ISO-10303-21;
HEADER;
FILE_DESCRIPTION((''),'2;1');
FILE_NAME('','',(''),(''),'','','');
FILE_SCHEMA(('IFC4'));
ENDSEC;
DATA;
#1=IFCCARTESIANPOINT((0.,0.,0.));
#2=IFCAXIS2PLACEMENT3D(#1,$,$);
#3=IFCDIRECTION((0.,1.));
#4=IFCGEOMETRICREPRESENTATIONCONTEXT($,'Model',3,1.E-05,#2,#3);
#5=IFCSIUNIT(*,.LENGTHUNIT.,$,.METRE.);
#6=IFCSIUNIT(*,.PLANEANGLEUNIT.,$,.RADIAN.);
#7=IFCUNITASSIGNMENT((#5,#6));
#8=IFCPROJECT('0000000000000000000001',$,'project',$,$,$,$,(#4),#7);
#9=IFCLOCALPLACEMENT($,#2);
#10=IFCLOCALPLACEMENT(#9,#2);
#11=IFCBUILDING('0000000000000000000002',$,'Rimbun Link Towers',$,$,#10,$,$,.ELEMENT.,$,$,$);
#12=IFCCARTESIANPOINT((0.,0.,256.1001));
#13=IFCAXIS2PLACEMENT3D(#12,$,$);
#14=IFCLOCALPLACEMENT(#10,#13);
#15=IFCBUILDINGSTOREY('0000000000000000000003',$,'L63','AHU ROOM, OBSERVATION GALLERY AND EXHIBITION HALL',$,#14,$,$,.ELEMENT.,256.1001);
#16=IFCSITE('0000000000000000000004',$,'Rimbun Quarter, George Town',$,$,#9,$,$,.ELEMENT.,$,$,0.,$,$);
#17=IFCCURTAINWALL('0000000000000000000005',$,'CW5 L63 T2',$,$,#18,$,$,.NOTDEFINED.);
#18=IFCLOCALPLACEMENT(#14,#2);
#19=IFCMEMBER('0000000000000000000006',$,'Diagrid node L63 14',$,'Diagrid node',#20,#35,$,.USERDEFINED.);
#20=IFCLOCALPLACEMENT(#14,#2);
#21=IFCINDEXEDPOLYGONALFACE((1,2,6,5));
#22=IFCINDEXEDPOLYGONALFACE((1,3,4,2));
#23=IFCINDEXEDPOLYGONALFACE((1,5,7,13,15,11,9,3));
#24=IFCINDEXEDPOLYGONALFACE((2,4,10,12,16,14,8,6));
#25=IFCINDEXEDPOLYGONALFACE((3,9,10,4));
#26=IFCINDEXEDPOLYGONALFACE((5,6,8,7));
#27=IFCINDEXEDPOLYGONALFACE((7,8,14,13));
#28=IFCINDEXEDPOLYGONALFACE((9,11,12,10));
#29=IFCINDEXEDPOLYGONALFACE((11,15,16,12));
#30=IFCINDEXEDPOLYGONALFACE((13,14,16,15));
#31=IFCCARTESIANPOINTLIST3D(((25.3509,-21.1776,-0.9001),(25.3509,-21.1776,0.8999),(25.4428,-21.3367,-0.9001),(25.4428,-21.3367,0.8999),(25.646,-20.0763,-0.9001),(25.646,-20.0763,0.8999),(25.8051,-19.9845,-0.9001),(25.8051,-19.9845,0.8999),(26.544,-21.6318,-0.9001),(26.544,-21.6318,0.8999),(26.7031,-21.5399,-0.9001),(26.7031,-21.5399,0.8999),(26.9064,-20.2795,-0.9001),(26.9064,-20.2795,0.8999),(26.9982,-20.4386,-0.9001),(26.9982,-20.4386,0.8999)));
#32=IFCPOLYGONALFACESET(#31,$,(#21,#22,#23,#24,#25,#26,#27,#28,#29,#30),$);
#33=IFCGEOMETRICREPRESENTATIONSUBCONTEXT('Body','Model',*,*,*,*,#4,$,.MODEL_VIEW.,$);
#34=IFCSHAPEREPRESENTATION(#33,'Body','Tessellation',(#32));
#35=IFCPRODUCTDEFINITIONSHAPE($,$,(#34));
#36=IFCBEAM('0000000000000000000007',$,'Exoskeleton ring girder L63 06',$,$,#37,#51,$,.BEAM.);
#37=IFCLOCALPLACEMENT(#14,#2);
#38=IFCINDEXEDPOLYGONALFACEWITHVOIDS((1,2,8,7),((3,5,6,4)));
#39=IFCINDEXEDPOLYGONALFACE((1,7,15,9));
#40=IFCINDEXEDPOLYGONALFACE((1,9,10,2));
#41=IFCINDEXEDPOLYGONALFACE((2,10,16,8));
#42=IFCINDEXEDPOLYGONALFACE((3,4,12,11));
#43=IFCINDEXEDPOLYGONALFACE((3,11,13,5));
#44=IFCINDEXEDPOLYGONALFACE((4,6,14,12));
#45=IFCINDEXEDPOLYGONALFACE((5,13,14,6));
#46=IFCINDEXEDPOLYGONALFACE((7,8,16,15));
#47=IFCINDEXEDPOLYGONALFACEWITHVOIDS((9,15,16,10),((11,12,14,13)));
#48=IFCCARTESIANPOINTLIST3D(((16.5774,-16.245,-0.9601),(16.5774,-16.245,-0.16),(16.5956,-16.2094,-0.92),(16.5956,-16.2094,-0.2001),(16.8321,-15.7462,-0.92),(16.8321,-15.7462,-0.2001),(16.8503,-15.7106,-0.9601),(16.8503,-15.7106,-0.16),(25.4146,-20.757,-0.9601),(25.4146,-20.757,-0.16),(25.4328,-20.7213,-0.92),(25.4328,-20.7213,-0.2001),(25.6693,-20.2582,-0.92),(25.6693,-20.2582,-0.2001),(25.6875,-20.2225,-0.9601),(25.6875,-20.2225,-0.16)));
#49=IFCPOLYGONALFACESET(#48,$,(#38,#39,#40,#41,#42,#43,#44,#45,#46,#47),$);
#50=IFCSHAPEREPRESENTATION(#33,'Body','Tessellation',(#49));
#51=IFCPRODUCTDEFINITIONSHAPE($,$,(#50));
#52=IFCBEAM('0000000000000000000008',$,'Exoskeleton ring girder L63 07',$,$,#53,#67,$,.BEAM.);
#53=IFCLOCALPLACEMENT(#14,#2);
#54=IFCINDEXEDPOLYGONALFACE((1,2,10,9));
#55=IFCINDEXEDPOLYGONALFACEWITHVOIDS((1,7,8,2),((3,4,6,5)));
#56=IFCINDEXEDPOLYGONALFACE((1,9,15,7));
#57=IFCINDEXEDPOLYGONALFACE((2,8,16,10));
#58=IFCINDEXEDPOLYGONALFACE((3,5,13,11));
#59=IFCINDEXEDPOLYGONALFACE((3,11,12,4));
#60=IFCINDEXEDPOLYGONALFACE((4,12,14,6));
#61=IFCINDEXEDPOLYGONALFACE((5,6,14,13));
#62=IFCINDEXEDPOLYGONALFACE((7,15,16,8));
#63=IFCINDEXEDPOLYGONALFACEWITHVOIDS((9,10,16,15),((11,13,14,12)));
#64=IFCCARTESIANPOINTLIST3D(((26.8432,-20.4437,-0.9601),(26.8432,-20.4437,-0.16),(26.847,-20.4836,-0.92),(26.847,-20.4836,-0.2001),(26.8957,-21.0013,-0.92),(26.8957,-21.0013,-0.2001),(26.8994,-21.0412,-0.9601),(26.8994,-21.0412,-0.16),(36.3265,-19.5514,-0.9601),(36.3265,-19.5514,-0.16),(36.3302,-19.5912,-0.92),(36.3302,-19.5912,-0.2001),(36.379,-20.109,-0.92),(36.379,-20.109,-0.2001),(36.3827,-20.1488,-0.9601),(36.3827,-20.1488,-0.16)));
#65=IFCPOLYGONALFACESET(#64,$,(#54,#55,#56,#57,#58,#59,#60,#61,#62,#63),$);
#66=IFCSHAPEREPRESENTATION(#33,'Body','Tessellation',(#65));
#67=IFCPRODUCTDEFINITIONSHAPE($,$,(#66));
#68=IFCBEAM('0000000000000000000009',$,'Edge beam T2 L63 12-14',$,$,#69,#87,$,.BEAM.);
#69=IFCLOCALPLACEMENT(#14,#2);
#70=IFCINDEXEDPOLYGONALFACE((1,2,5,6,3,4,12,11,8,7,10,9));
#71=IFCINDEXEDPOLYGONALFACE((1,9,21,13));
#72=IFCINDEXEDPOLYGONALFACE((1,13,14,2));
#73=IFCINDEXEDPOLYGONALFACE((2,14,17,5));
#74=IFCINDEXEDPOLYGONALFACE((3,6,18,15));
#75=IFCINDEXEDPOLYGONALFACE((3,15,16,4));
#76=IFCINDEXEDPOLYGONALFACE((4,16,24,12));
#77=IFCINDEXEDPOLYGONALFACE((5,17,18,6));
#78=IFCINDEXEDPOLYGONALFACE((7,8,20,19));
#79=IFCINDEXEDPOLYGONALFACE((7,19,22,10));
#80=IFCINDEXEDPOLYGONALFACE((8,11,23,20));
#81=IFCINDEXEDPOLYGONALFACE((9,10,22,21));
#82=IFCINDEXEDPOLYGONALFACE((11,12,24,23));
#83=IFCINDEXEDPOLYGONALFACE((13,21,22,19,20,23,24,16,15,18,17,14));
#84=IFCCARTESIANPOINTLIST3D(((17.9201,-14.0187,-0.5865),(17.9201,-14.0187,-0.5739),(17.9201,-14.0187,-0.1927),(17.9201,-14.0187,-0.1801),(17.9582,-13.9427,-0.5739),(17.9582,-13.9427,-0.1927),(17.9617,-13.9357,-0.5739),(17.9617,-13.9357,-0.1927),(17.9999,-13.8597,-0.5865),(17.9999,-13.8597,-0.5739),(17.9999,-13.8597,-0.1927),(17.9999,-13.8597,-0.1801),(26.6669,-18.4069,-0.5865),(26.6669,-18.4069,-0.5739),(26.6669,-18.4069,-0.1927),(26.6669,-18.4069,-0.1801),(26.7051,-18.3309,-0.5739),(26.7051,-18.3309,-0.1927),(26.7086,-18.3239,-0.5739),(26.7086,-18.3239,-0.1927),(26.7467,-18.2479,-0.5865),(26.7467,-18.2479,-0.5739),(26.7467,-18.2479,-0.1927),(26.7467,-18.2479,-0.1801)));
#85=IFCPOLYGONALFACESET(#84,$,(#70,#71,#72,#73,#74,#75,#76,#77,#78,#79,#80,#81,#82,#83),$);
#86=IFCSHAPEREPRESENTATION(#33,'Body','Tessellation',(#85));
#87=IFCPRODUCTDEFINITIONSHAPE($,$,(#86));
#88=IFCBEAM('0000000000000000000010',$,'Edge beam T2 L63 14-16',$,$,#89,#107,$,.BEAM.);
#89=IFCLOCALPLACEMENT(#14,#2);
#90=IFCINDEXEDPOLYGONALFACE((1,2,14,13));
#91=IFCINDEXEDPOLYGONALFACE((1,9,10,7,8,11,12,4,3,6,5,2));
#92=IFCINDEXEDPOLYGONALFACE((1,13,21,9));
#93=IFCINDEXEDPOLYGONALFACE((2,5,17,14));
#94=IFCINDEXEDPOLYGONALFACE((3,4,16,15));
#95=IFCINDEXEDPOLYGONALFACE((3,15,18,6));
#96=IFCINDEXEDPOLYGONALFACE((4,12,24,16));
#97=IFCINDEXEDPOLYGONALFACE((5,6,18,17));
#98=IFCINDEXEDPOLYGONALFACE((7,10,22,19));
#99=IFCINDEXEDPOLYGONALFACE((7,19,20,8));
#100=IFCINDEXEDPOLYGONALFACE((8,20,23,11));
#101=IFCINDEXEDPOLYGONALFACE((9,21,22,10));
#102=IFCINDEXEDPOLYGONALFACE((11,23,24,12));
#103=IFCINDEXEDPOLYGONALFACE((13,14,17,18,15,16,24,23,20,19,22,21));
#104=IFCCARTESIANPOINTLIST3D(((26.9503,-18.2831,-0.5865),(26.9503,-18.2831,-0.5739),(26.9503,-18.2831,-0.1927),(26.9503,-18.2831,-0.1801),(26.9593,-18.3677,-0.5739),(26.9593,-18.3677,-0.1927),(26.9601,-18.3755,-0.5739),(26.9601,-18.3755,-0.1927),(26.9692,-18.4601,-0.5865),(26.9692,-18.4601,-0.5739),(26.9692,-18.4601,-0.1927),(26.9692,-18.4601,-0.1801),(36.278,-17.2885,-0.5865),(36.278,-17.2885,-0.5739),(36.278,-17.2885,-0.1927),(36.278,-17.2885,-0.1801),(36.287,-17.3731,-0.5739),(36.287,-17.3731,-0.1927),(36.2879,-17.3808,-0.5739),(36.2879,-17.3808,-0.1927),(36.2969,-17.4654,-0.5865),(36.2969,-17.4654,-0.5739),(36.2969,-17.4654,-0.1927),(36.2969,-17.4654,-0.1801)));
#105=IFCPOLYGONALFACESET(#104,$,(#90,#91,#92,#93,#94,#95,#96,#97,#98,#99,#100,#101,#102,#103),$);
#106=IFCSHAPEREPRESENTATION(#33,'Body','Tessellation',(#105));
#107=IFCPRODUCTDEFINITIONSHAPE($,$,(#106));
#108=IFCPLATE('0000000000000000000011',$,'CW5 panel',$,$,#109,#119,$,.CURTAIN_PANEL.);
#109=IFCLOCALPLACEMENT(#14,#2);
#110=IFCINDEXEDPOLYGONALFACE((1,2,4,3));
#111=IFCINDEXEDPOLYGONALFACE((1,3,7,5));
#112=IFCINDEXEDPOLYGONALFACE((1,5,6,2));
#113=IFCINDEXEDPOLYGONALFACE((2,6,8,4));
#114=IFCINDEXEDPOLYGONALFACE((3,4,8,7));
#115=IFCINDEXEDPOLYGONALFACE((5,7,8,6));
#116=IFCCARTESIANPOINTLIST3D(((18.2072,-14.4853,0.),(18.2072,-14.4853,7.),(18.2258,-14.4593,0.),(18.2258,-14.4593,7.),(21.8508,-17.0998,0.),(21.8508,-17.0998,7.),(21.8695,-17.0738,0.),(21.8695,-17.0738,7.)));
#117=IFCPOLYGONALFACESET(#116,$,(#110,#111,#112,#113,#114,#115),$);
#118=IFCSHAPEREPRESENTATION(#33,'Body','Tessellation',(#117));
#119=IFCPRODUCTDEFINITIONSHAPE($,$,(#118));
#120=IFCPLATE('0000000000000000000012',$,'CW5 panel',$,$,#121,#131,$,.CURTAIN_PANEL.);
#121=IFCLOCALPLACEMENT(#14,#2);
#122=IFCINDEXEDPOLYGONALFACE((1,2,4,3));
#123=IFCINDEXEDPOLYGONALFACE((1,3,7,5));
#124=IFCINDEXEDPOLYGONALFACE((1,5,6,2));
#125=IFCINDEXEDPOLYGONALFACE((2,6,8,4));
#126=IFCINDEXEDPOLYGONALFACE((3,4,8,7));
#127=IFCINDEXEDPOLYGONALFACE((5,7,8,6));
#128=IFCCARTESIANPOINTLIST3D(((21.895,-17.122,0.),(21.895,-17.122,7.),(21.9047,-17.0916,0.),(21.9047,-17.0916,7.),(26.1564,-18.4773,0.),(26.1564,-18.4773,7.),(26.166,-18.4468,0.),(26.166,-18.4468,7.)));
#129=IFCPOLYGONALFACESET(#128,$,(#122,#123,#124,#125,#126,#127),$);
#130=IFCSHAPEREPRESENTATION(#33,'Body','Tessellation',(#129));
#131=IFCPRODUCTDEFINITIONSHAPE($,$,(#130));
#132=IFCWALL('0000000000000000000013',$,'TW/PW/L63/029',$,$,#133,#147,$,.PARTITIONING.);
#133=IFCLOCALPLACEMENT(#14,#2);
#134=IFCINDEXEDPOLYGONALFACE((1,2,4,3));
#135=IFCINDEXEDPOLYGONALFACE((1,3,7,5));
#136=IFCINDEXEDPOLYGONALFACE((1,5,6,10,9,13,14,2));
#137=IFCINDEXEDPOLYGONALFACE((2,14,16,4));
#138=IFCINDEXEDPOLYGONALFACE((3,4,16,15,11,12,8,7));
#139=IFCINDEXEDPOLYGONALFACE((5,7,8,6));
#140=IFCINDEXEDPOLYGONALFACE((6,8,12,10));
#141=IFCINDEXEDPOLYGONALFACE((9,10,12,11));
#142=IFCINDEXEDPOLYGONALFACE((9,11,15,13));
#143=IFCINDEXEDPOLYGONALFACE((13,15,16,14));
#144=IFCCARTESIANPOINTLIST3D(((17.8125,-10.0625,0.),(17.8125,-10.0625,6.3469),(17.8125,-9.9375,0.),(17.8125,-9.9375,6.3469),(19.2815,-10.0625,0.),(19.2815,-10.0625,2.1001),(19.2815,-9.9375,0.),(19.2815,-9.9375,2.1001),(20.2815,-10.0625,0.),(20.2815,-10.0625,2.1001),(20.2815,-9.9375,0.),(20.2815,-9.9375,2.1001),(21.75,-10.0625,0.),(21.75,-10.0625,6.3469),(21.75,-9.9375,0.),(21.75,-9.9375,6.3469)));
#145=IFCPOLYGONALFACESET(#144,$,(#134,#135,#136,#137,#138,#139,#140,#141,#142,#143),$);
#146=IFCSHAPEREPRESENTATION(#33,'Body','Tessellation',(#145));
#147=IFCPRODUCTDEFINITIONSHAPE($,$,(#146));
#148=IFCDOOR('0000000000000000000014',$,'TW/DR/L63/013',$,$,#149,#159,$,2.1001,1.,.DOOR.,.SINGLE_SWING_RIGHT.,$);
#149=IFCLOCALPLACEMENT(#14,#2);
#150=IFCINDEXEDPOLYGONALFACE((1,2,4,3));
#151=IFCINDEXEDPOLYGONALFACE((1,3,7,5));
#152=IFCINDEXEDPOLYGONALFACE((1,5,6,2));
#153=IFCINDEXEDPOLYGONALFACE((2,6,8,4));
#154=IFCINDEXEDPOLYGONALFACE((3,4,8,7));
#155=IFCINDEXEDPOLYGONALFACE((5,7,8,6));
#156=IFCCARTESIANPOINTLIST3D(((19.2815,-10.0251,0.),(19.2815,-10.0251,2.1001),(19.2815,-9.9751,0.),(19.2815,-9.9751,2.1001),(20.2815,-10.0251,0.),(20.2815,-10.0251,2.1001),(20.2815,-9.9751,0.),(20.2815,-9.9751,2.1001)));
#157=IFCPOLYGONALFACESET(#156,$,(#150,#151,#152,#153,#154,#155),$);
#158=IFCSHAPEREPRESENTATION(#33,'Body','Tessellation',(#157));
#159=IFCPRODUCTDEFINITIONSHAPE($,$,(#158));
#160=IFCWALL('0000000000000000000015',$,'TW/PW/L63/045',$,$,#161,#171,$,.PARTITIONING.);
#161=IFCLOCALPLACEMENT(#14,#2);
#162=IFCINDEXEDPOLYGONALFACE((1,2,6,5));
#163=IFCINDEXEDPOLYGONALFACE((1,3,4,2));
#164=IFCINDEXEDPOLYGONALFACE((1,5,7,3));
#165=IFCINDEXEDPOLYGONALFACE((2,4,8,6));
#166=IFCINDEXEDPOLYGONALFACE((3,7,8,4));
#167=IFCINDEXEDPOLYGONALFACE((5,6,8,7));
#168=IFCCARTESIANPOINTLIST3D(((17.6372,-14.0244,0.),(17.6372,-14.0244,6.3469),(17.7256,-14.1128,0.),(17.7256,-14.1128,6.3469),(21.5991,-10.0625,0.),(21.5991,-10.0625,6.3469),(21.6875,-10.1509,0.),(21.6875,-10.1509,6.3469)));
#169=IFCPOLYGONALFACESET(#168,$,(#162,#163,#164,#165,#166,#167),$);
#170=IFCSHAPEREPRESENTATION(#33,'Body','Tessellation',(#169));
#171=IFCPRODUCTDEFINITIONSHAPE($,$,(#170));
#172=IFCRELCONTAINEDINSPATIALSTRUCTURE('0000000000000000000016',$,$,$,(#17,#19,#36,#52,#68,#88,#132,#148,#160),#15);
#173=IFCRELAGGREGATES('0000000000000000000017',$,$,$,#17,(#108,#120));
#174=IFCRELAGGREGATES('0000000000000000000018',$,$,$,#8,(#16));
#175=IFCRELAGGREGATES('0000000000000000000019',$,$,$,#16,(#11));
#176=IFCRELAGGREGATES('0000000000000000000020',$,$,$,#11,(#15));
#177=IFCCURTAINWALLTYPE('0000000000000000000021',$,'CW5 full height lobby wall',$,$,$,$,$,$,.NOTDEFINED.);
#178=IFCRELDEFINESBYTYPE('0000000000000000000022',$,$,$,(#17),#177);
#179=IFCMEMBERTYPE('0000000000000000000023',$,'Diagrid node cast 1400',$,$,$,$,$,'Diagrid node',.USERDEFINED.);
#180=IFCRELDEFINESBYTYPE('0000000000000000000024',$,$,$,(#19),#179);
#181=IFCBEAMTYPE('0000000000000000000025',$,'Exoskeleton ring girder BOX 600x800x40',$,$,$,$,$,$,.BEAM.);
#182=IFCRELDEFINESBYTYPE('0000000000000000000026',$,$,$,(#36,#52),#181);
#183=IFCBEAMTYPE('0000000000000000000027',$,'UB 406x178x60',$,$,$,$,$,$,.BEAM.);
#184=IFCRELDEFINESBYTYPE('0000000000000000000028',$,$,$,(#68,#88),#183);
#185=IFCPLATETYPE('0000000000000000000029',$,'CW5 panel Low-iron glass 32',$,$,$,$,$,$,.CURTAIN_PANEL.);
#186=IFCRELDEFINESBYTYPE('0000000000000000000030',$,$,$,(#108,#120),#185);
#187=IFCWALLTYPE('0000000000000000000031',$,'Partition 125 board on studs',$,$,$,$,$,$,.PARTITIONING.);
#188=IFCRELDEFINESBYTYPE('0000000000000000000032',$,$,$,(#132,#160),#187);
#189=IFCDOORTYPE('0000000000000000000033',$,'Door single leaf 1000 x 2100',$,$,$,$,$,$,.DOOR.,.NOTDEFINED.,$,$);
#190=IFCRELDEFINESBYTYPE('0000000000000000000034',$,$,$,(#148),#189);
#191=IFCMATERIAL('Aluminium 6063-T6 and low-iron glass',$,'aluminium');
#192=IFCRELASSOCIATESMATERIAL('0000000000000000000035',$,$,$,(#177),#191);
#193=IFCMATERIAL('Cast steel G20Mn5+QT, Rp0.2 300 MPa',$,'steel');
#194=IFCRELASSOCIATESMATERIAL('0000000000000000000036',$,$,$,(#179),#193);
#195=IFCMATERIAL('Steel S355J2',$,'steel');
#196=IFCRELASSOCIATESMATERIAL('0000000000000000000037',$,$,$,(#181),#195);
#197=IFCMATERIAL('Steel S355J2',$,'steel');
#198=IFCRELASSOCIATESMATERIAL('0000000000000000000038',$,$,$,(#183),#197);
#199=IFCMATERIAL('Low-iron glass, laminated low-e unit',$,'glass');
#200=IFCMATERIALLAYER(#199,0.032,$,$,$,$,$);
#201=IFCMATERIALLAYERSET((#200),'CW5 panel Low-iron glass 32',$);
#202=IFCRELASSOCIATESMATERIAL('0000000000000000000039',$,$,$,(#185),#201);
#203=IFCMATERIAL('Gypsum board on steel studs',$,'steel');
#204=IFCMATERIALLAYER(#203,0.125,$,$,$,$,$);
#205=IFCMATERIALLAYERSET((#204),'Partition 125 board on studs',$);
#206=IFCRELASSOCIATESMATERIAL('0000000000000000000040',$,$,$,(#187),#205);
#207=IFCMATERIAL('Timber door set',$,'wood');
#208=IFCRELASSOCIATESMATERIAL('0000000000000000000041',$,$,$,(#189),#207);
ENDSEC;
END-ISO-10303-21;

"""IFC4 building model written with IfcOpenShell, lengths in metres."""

from ifc_helpers import new_model, si_unit, direction, frame, frame_2d, origin, origin_2d, place, context, subcontext, project, spatial, polyline, rectangle, hollow_rectangle, i_section, outline, extrude, material, layer, layer_set, material_profile, profile_set, type_object, element, fill, aggregate, save


model = new_model("IFC4")

# Units and contexts
model_context = context("Model", 3, precision=1e-05, world=origin(), true_north=direction((0.0, 1.0)))
body_context = subcontext(model_context, "Body", "Model", "MODEL_VIEW")
ifc_project = project(units=[si_unit("LENGTHUNIT", "METRE"), si_unit("PLANEANGLEUNIT", "RADIAN")], contexts=[model_context])

# Site, building, storey
site_placement = place(None, origin())
site = spatial("IfcSite", under=ifc_project, at=site_placement, Name="Rimbun Quarter, George Town", CompositionType="ELEMENT", RefElevation=0.0)
building_placement = place(site_placement, origin())
building = spatial("IfcBuilding", under=site, at=building_placement, Name="Rimbun Link Towers", CompositionType="ELEMENT")
storey_placement = place(building_placement, frame((0.0, 0.0, 256.1001)))
storey = spatial("IfcBuildingStorey", under=building, at=storey_placement, Name="L63", Description="AHU ROOM, OBSERVATION GALLERY AND EXHIBITION HALL", CompositionType="ELEMENT", Elevation=256.1001)

# Curtain wall
ifc_material_1 = material(Name="Aluminium 6063-T6 and low-iron glass", Category="aluminium")
curtain_wall_type = type_object("IfcCurtainWallType", Name="CW5 full height lobby wall", PredefinedType="NOTDEFINED", material=ifc_material_1)
curtain_wall_placement = place(storey_placement, origin())
curtain_wall = element("IfcCurtainWall", 1, at=curtain_wall_placement, inside=storey, type_object=curtain_wall_type, Name="CW5 L63 T2", PredefinedType="NOTDEFINED")

# Member
ifc_material_2 = material(Name="Cast steel G20Mn5+QT, Rp0.2 300 MPa", Category="steel")
ifc_material_profile_1 = material_profile(ifc_material_2, outline(polyline([(0.7, -0.5701), (0.7, 0.5701), (0.5701, 0.7), (-0.5701, 0.7), (-0.7, 0.5701), (-0.7, -0.5701), (-0.5701, -0.7), (0.5701, -0.7), (0.7, -0.5701)])), Name="NODE 1400x1400")
ifc_profile_set_1 = profile_set([ifc_material_profile_1], Name="Cast steel G20Mn5+QT, Rp0.2 300 MPa")
member_type_1 = type_object("IfcMemberType", Name="Diagrid node cast 1400", ElementType="Diagrid node", PredefinedType="USERDEFINED", material=ifc_profile_set_1)
member_1_placement = place(storey_placement, frame((26.1746, -20.8081, -0.9001), z_axis=(0.0, 0.0, 1.0), x_axis=(-0.258819, -0.965926, 0.0)))
element("IfcMember", 2, at=member_1_placement, inside=storey, type_object=member_type_1, Name="Diagrid node L63 14", ObjectType="Diagrid node", PredefinedType="USERDEFINED", context=body_context, shape_type="SweptSolid", body=[
    extrude(outline(polyline([(0.7, -0.5701), (0.7, 0.5701), (0.5701, 0.7), (-0.5701, 0.7), (-0.7, 0.5701), (-0.7, -0.5701), (-0.5701, -0.7), (0.5701, -0.7), (0.7, -0.5701)])), origin(), (0.0, 0.0, 1.0), 1.8),
])

# Beams
ifc_material_3 = material(Name="Steel S355J2", Category="steel")
ifc_material_profile_2 = material_profile(ifc_material_3, hollow_rectangle(XDim=0.6001, YDim=0.8, WallThickness=0.04, at=origin_2d()), Name="Exoskeleton ring girder BOX 600x800x40")
ifc_profile_set_2 = profile_set([ifc_material_profile_2], Name="Steel S355J2")
beam_type_1 = type_object("IfcBeamType", Name="Exoskeleton ring girder BOX 600x800x40", PredefinedType="BEAM", material=ifc_profile_set_2)
beam_1_placement = place(storey_placement, frame((16.7139, -15.9778, -0.5601), z_axis=(0.890631, -0.454727, 0.0), x_axis=(0.454727, 0.890631, 0.0)))
element("IfcBeam", 3, at=beam_1_placement, inside=storey, type_object=beam_type_1, Name="Exoskeleton ring girder L63 06", PredefinedType="BEAM", context=body_context, shape_type="SweptSolid", body=[
    extrude(hollow_rectangle(XDim=0.6001, YDim=0.8, WallThickness=0.04, at=origin_2d()), origin(), (0.0, 0.0, 1.0), 9.9224),
])
beam_2_placement = place(storey_placement, frame((26.8713, -20.7424, -0.5601), z_axis=(0.995602, 0.093683, 0.0), x_axis=(-0.093683, 0.995602, 0.0)))
element("IfcBeam", 4, at=beam_2_placement, inside=storey, type_object=beam_type_1, Name="Exoskeleton ring girder L63 07", PredefinedType="BEAM", context=body_context, shape_type="SweptSolid", body=[
    extrude(hollow_rectangle(XDim=0.6001, YDim=0.8, WallThickness=0.04, at=origin_2d()), origin(), (0.0, 0.0, 1.0), 9.5251),
])
ifc_material_4 = material(Name="Steel S355J2", Category="steel")
ifc_material_profile_3 = material_profile(ifc_material_4, i_section(OverallWidth=0.178, OverallDepth=0.4065, WebThickness=0.0078, FlangeThickness=0.0127, at=origin_2d()), Name="UB 406x178x60")
ifc_profile_set_3 = profile_set([ifc_material_profile_3], Name="Steel S355J2")
beam_type_2 = type_object("IfcBeamType", Name="UB 406x178x60", PredefinedType="BEAM", material=ifc_profile_set_3)
beam_3_placement = place(storey_placement, frame((17.96, -13.9392, -0.3833), z_axis=(0.893823, -0.448421, 0.0), x_axis=(0.448421, 0.893823, 0.0)))
element("IfcBeam", 5, at=beam_3_placement, inside=storey, type_object=beam_type_2, Name="Edge beam T2 L63 12-14", PredefinedType="BEAM", context=body_context, shape_type="SweptSolid", body=[
    extrude(i_section(OverallWidth=0.178, OverallDepth=0.4065, WebThickness=0.0078, FlangeThickness=0.0127, at=origin_2d()), origin(), (0.0, 0.0, 1.0), 9.7859),
])
beam_4_placement = place(storey_placement, frame((26.9597, -18.3716, -0.3833), z_axis=(0.994363, 0.106031, 0.0), x_axis=(-0.106031, 0.994363, 0.0)))
element("IfcBeam", 6, at=beam_4_placement, inside=storey, type_object=beam_type_2, Name="Edge beam T2 L63 14-16", PredefinedType="BEAM", context=body_context, shape_type="SweptSolid", body=[
    extrude(i_section(OverallWidth=0.178, OverallDepth=0.4065, WebThickness=0.0078, FlangeThickness=0.0127, at=origin_2d()), origin(), (0.0, 0.0, 1.0), 9.3806),
])

# Plates
ifc_material_5 = material(Name="Low-iron glass, laminated low-e unit", Category="glass")
ifc_layer_1 = layer(ifc_material_5, 0.032)
ifc_layer_set_1 = layer_set([ifc_layer_1], Name="CW5 panel Low-iron glass 32")
plate_type = type_object("IfcPlateType", Name="CW5 panel Low-iron glass 32", PredefinedType="CURTAIN_PANEL", material=ifc_layer_set_1)
plate_1_placement = place(storey_placement, frame((20.0383, -15.7795, 0.0), z_axis=(0.0, 0.0, 1.0), x_axis=(-0.812468, 0.583006, 0.0)))
plate_1 = element("IfcPlate", 7, at=plate_1_placement, type_object=plate_type, Name="CW5 panel", PredefinedType="CURTAIN_PANEL", context=body_context, shape_type="SweptSolid", body=[
    extrude(rectangle(XDim=4.4846, YDim=0.032, at=origin_2d()), origin(), (0.0, 0.0, 1.0), 7.0),
])
plate_2_placement = place(storey_placement, frame((24.0305, -17.7844, 0.0), z_axis=(0.0, 0.0, 1.0), x_axis=(-0.952967, 0.303074, 0.0)))
plate_2 = element("IfcPlate", 8, at=plate_2_placement, type_object=plate_type, Name="CW5 panel", PredefinedType="CURTAIN_PANEL", context=body_context, shape_type="SweptSolid", body=[
    extrude(rectangle(XDim=4.4717, YDim=0.032, at=origin_2d()), origin(), (0.0, 0.0, 1.0), 7.0),
])
aggregate(curtain_wall, [plate_1, plate_2])

# Wall, opening, door
ifc_material_6 = material(Name="Gypsum board on steel studs", Category="steel")
ifc_layer_2 = layer(ifc_material_6, 0.125)
ifc_layer_set_2 = layer_set([ifc_layer_2], Name="Partition 125 board on studs")
wall_type = type_object("IfcWallType", Name="Partition 125 board on studs", PredefinedType="PARTITIONING", material=ifc_layer_set_2)
wall_1_placement = place(storey_placement, frame((17.8125, -10.0, 0.0), z_axis=(0.0, 0.0, 1.0), x_axis=(1.0, 0.0, 0.0)))
wall_1 = element("IfcWall", 9, at=wall_1_placement, inside=storey, type_object=wall_type, Name="TW/PW/L63/029", PredefinedType="PARTITIONING", context=body_context, shape_type="SweptSolid", body=[
    extrude(rectangle(XDim=3.9375, YDim=0.125, at=frame_2d((1.9688, 0.0))), origin(), (0.0, 0.0, 1.0), 6.3469),
])
opening_placement = place(wall_1_placement, frame((1.469, 0.0, 0.0)))
opening = element("IfcOpeningElement", 10, at=opening_placement, cuts=wall_1, PredefinedType="OPENING", context=body_context, shape_type="SweptSolid", body=[
    extrude(rectangle(XDim=1.0, YDim=2.1001, at=frame_2d((0.5, 1.05))), frame((0.0, 0.0725, 0.0), z_axis=(0.0, -1.0, 0.0), x_axis=(1.0, 0.0, 0.0)), (0.0, 0.0, 1.0), 0.145),
])
ifc_material_7 = material(Name="Timber door set", Category="wood")
door_type = type_object("IfcDoorType", Name="Door single leaf 1000 x 2100", OperationType="NOTDEFINED", PredefinedType="DOOR", material=ifc_material_7)
door_placement = place(opening_placement, origin())
door = element("IfcDoor", 11, at=door_placement, inside=storey, type_object=door_type, Name="TW/DR/L63/013", OperationType="SINGLE_SWING_RIGHT", OverallHeight=2.1001, OverallWidth=1.0, PredefinedType="DOOR", context=body_context, shape_type="SweptSolid", body=[
    extrude(rectangle(XDim=1.0, YDim=2.1001, at=frame_2d((0.5, 1.05))), frame((0.0, 0.0249, 0.0), z_axis=(0.0, -1.0, 0.0), x_axis=(1.0, 0.0, 0.0)), (0.0, 0.0, 1.0), 0.05),
])
fill(opening, door)

# Wall
wall_2_placement = place(storey_placement, frame((17.6814, -14.0686, 0.0), z_axis=(0.0, 0.0, 1.0), x_axis=(0.707107, 0.707107, 0.0)))
element("IfcWall", 12, at=wall_2_placement, inside=storey, type_object=wall_type, Name="TW/PW/L63/045", PredefinedType="PARTITIONING", context=body_context, shape_type="SweptSolid", body=[
    extrude(rectangle(XDim=5.603, YDim=0.125, at=frame_2d((2.8015, 0.0))), origin(), (0.0, 0.0, 1.0), 6.3469),
])

save(model, "model.ifc")
